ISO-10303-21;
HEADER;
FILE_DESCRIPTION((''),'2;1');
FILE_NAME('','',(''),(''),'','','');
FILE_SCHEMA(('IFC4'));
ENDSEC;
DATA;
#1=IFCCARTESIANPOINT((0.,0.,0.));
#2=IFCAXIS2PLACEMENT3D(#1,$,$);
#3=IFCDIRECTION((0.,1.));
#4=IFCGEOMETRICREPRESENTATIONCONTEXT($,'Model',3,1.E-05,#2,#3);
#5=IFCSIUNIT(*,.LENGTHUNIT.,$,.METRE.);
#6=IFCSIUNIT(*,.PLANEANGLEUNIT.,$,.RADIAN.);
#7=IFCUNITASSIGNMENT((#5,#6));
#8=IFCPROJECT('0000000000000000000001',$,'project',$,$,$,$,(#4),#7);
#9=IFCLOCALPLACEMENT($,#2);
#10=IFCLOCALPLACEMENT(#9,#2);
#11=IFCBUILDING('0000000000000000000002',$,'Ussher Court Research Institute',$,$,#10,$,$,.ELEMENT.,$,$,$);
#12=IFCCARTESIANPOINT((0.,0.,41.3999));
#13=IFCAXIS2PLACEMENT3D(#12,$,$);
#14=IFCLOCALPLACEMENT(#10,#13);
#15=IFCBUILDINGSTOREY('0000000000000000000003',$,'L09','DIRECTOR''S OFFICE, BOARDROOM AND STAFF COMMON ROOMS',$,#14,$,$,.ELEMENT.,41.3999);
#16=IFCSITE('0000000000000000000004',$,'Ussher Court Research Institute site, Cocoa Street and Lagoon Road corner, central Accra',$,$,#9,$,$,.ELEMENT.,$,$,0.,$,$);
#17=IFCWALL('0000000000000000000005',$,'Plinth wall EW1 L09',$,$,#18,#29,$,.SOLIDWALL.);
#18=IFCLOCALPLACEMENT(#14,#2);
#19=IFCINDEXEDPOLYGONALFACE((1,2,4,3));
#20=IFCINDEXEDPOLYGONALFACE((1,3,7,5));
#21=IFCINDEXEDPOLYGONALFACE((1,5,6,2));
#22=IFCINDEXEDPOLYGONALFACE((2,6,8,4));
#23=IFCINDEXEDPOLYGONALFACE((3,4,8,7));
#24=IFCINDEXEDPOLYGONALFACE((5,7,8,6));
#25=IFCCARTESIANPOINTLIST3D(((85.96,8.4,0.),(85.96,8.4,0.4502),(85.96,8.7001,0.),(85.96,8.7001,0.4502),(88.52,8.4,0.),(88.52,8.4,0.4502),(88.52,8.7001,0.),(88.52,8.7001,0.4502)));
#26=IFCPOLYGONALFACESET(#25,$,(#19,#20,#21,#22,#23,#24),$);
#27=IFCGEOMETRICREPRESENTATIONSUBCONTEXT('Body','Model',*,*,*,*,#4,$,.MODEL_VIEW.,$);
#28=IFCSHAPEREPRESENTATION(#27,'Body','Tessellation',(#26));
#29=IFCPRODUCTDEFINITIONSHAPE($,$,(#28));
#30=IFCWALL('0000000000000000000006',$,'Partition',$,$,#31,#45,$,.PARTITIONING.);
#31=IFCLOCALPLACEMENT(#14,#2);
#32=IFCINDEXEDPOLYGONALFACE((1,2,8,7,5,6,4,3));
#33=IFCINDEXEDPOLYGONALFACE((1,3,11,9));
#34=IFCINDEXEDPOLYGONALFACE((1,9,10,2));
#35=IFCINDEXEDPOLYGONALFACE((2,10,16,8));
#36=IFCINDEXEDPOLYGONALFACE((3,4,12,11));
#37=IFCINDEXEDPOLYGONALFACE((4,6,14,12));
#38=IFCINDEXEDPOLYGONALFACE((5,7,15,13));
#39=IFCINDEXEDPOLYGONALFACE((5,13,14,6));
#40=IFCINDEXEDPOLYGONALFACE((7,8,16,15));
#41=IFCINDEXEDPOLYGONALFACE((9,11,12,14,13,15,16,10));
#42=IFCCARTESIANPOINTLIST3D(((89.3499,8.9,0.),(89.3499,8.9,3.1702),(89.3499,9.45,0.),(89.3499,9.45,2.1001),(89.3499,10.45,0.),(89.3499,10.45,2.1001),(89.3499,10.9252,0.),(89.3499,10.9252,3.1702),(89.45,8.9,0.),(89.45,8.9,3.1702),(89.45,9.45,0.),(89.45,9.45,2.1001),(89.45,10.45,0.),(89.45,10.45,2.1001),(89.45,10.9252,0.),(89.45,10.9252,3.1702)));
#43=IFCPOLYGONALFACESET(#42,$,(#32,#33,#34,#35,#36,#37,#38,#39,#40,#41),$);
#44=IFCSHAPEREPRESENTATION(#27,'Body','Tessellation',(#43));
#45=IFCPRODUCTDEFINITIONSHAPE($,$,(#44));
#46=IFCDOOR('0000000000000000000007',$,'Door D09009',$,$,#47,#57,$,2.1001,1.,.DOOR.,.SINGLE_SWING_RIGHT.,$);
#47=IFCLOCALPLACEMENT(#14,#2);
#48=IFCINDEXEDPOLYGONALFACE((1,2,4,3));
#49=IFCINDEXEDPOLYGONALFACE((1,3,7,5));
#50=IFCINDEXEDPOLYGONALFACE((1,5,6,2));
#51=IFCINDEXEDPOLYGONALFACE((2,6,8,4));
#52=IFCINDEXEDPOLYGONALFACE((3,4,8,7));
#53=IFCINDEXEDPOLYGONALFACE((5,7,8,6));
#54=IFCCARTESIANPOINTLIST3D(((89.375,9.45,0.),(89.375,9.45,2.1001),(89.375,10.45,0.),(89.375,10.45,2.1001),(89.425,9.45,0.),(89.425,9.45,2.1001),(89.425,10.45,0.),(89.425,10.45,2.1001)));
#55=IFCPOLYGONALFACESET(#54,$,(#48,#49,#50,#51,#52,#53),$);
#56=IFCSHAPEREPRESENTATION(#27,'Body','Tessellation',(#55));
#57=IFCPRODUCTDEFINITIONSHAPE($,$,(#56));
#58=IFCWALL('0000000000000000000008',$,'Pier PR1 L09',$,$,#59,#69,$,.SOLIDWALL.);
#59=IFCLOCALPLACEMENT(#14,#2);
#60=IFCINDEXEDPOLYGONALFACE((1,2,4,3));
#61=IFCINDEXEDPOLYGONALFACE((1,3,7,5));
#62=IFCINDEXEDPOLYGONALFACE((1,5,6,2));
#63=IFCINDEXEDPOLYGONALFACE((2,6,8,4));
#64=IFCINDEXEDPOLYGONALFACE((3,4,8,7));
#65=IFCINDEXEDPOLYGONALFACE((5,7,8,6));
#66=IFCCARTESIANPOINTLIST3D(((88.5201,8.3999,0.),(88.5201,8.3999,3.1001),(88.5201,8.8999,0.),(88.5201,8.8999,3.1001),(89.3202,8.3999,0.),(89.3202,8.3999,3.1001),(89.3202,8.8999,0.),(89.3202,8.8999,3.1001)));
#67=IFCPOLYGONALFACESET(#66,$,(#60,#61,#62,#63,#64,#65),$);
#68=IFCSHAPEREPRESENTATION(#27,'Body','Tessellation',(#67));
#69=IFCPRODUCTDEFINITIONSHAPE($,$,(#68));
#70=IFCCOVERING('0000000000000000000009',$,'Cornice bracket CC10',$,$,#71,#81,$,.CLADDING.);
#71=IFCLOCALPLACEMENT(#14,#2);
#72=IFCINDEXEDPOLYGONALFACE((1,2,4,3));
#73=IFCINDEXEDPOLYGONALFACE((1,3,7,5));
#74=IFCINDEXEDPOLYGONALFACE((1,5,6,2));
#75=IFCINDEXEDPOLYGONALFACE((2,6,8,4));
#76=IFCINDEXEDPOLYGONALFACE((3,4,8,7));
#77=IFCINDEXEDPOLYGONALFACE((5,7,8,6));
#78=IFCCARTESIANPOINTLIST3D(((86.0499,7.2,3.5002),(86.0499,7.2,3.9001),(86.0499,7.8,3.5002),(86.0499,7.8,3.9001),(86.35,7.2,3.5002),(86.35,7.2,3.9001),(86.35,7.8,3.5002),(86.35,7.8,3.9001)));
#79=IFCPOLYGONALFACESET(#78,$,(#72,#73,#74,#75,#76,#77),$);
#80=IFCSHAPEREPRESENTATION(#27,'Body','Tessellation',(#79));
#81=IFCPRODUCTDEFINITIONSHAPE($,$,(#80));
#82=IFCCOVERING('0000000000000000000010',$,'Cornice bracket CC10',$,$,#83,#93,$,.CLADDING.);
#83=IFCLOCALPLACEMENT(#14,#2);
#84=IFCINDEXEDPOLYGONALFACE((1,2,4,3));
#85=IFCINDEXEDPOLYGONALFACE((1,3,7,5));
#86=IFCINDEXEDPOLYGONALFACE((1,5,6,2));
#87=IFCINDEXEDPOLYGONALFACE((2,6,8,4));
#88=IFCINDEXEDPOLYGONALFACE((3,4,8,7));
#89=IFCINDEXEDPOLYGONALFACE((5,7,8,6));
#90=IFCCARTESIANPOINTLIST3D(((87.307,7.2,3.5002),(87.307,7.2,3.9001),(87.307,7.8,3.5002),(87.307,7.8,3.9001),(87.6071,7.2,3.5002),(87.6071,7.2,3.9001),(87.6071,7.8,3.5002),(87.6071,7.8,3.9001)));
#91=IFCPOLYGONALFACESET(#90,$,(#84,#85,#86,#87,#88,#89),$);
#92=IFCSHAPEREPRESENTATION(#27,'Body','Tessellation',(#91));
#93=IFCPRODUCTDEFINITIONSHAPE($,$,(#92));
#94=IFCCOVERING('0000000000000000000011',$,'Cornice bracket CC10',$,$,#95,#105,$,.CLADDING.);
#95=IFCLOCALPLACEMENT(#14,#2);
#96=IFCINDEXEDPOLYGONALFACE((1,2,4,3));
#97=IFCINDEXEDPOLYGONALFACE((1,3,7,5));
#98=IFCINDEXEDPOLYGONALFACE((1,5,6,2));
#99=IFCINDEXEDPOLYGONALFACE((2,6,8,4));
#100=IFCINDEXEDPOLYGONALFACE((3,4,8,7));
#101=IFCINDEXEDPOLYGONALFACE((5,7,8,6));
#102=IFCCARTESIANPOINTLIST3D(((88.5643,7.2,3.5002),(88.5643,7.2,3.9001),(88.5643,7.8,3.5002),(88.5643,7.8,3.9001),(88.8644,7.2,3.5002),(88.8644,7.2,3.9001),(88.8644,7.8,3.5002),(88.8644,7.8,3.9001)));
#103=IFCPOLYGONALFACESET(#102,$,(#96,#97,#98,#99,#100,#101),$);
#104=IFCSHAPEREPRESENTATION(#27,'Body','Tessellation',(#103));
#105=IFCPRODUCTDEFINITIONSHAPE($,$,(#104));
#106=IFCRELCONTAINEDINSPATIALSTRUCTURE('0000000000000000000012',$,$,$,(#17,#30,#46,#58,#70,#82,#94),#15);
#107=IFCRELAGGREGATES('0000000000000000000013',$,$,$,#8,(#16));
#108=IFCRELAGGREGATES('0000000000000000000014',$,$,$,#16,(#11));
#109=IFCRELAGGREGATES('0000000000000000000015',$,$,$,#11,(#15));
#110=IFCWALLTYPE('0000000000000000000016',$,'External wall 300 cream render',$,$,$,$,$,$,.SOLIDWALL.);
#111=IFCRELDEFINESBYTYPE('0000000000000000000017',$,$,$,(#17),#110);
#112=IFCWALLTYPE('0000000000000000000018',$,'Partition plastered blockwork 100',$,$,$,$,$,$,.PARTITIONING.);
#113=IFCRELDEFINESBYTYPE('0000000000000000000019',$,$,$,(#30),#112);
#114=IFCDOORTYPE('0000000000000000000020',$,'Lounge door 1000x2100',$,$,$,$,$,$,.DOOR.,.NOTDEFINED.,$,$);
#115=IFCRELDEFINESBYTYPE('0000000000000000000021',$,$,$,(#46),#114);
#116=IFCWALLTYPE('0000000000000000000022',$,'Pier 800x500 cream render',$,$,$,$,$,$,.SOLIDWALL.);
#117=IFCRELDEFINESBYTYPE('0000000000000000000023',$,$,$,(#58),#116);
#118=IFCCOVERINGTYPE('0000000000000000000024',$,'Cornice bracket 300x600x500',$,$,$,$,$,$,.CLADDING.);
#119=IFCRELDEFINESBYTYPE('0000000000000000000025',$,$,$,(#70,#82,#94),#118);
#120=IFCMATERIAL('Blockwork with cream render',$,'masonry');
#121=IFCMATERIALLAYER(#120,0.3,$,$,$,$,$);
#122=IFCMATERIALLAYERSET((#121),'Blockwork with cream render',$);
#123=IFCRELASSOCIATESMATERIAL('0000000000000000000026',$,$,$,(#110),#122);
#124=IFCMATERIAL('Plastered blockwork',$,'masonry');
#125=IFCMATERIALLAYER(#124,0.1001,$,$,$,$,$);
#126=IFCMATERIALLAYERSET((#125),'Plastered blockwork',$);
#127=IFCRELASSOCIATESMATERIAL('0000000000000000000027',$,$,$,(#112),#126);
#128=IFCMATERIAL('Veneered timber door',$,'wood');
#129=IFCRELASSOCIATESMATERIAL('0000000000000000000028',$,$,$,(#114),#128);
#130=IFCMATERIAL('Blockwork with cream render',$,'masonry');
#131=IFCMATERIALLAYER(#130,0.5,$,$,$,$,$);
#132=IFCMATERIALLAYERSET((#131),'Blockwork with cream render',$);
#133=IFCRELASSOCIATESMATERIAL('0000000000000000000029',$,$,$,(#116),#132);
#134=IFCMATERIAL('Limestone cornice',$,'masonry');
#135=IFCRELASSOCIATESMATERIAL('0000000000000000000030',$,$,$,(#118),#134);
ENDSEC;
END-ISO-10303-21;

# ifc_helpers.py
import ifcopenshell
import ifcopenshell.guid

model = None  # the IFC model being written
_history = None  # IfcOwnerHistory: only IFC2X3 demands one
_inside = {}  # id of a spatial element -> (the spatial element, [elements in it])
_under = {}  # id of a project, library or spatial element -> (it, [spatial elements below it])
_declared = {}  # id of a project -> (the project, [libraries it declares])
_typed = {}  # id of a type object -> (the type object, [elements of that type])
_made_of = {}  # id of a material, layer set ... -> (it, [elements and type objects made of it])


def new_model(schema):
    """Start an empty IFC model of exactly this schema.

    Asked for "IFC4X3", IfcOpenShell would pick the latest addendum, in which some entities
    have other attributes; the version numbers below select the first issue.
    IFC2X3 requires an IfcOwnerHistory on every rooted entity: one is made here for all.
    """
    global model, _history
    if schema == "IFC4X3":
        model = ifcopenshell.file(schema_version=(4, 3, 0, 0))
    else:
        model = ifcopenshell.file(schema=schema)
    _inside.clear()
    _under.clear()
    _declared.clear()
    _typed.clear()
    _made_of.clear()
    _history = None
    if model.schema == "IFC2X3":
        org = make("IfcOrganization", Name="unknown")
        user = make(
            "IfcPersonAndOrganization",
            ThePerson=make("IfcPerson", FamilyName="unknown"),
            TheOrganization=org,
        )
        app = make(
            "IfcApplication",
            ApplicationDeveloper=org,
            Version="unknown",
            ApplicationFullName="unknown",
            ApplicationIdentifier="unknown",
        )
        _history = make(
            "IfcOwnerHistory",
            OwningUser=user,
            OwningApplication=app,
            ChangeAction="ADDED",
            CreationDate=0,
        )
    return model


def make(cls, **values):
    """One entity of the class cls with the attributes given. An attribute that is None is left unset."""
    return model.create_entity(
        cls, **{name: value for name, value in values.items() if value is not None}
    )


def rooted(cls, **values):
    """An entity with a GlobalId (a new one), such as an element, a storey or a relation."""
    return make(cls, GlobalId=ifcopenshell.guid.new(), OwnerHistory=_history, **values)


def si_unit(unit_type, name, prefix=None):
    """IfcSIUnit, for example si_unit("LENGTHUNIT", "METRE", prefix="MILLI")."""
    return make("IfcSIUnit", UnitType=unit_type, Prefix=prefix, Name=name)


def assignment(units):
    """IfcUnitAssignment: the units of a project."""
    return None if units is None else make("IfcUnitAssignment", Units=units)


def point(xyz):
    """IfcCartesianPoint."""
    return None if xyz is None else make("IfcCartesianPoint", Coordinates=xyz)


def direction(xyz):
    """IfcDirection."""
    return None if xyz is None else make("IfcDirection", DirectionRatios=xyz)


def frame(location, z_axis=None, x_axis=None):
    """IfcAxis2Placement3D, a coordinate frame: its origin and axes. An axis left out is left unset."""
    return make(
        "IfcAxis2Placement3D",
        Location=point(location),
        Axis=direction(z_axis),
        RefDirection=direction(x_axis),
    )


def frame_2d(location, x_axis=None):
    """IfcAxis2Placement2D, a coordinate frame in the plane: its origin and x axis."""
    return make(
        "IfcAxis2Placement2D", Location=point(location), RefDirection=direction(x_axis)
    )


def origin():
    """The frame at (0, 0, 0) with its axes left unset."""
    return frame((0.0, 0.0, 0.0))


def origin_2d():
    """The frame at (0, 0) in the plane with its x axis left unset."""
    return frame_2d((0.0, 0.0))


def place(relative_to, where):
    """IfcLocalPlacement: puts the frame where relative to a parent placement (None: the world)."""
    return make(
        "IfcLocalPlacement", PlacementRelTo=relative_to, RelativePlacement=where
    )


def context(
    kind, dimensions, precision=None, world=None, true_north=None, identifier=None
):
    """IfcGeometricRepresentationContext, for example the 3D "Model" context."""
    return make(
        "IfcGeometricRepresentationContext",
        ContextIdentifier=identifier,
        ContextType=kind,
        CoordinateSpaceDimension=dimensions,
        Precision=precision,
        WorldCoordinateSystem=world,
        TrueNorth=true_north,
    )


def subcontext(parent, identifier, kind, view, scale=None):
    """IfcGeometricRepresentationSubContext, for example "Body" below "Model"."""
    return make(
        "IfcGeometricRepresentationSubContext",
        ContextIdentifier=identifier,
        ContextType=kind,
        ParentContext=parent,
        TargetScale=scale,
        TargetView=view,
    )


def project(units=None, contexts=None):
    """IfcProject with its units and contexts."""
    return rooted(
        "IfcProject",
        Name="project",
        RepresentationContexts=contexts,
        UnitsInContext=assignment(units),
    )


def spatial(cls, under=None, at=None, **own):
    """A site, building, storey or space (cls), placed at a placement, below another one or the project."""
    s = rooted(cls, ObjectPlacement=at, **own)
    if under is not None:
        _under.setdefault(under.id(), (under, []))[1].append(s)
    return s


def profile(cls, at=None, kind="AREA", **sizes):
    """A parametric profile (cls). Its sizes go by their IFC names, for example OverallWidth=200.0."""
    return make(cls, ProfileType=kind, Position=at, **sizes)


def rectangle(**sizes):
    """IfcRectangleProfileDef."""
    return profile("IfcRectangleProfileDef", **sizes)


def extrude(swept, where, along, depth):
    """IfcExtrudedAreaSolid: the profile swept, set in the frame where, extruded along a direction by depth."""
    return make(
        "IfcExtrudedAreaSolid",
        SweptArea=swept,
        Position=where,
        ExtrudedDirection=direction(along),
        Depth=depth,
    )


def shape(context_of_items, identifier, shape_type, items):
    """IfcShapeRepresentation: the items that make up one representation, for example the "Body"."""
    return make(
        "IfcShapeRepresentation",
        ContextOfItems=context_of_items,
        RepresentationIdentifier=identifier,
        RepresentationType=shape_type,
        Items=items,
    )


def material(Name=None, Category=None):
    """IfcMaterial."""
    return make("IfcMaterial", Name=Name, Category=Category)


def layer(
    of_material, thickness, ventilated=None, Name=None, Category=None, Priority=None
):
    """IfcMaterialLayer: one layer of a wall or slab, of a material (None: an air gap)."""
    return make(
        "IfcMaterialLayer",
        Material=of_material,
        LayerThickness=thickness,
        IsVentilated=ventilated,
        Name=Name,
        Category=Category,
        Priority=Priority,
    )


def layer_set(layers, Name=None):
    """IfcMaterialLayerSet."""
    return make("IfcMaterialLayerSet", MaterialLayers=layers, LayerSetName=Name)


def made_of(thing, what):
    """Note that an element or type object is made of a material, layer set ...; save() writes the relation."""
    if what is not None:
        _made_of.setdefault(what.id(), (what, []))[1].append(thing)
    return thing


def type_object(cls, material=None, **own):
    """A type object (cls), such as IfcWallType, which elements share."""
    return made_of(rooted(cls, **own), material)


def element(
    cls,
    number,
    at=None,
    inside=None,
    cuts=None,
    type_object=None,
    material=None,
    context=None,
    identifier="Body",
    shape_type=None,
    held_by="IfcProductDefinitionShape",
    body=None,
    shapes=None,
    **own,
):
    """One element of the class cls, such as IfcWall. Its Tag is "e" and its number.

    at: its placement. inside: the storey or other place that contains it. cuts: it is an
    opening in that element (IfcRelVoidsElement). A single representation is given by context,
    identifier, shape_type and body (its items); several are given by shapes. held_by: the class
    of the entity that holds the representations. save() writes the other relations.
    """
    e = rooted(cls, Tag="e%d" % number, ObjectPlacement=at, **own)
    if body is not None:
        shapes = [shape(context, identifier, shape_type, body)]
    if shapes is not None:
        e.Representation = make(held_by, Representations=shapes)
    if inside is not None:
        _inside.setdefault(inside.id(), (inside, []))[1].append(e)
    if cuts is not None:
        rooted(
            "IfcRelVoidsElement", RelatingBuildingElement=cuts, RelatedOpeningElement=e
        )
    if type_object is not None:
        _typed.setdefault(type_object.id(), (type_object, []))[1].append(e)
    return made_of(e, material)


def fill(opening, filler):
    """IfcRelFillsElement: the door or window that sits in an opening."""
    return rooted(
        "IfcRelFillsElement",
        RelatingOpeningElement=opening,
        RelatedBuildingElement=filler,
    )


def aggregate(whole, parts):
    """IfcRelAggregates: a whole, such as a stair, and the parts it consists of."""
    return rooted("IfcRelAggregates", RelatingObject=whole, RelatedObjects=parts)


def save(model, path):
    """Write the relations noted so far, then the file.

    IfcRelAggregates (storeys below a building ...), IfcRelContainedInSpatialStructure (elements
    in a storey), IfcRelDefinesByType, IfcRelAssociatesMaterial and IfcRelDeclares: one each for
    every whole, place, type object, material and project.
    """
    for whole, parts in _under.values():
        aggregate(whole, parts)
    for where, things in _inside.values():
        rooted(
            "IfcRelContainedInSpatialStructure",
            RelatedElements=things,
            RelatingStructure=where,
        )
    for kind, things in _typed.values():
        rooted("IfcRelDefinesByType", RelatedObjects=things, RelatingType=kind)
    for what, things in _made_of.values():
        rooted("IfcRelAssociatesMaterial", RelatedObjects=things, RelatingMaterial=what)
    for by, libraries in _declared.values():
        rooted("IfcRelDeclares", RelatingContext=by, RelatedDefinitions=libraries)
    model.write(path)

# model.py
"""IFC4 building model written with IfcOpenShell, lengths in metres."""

from ifc_helpers import new_model, si_unit, direction, frame, frame_2d, origin, origin_2d, place, context, subcontext, project, spatial, rectangle, extrude, material, layer, layer_set, type_object, element, fill, save


model = new_model("IFC4")

# Units and contexts
model_context = context("Model", 3, precision=1e-05, world=origin(), true_north=direction((0.0, 1.0)))
body_context = subcontext(model_context, "Body", "Model", "MODEL_VIEW")
ifc_project = project(units=[si_unit("LENGTHUNIT", "METRE"), si_unit("PLANEANGLEUNIT", "RADIAN")], contexts=[model_context])

# Site, building, storey
site_placement = place(None, origin())
site = spatial("IfcSite", under=ifc_project, at=site_placement, Name="Ussher Court Research Institute site, Cocoa Street and Lagoon Road corner, central Accra", CompositionType="ELEMENT", RefElevation=0.0)
building_placement = place(site_placement, origin())
building = spatial("IfcBuilding", under=site, at=building_placement, Name="Ussher Court Research Institute", CompositionType="ELEMENT")
storey_placement = place(building_placement, frame((0.0, 0.0, 41.3999)))
storey = spatial("IfcBuildingStorey", under=building, at=storey_placement, Name="L09", Description="DIRECTOR'S OFFICE, BOARDROOM AND STAFF COMMON ROOMS", CompositionType="ELEMENT", Elevation=41.3999)

# Wall
ifc_material_1 = material(Name="Blockwork with cream render", Category="masonry")
ifc_layer_1 = layer(ifc_material_1, 0.3)
ifc_layer_set_1 = layer_set([ifc_layer_1], Name="Blockwork with cream render")
wall_type_1 = type_object("IfcWallType", Name="External wall 300 cream render", PredefinedType="SOLIDWALL", material=ifc_layer_set_1)
wall_1_placement = place(storey_placement, frame((88.52, 8.55, 0.0), z_axis=(0.0, 0.0, 1.0), x_axis=(-1.0, 0.0, 0.0)))
element("IfcWall", 1, at=wall_1_placement, inside=storey, type_object=wall_type_1, Name="Plinth wall EW1 L09", PredefinedType="SOLIDWALL", context=body_context, shape_type="SweptSolid", body=[
    extrude(rectangle(XDim=2.5601, YDim=0.3, at=frame_2d((1.28, 0.0))), origin(), (0.0, 0.0, 1.0), 0.4502),
])

# Wall, opening, door
ifc_material_2 = material(Name="Plastered blockwork", Category="masonry")
ifc_layer_2 = layer(ifc_material_2, 0.1001)
ifc_layer_set_2 = layer_set([ifc_layer_2], Name="Plastered blockwork")
wall_type_2 = type_object("IfcWallType", Name="Partition plastered blockwork 100", PredefinedType="PARTITIONING", material=ifc_layer_set_2)
wall_2_placement = place(storey_placement, frame((89.3999, 8.8999, 0.0), z_axis=(0.0, 0.0, 1.0), x_axis=(0.0, 1.0, 0.0)))
wall_2 = element("IfcWall", 2, at=wall_2_placement, inside=storey, type_object=wall_type_2, Name="Partition", PredefinedType="PARTITIONING", context=body_context, shape_type="SweptSolid", body=[
    extrude(rectangle(XDim=2.0251, YDim=0.1001, at=frame_2d((1.0127, 0.0))), origin(), (0.0, 0.0, 1.0), 3.1702),
])
opening_placement = place(wall_2_placement, frame((0.55, 0.0, 0.0)))
opening = element("IfcOpeningElement", 3, at=opening_placement, cuts=wall_2, PredefinedType="OPENING", context=body_context, shape_type="SweptSolid", body=[
    extrude(rectangle(XDim=1.0, YDim=2.1001, at=frame_2d((0.5, 1.05))), frame((0.0, 0.0601, 0.0), z_axis=(0.0, -1.0, 0.0), x_axis=(1.0, 0.0, 0.0)), (0.0, 0.0, 1.0), 0.1201),
])
ifc_material_3 = material(Name="Veneered timber door", Category="wood")
door_type = type_object("IfcDoorType", Name="Lounge door 1000x2100", OperationType="NOTDEFINED", PredefinedType="DOOR", material=ifc_material_3)
door_placement = place(opening_placement, origin())
door = element("IfcDoor", 4, at=door_placement, inside=storey, type_object=door_type, Name="Door D09009", OperationType="SINGLE_SWING_RIGHT", OverallHeight=2.1001, OverallWidth=1.0, PredefinedType="DOOR", context=body_context, shape_type="SweptSolid", body=[
    extrude(rectangle(XDim=1.0, YDim=2.1001, at=frame_2d((0.5, 1.05))), frame((0.0, 0.0249, 0.0), z_axis=(0.0, -1.0, 0.0), x_axis=(1.0, 0.0, 0.0)), (0.0, 0.0, 1.0), 0.05),
])
fill(opening, door)

# Wall
ifc_material_4 = material(Name="Blockwork with cream render", Category="masonry")
ifc_layer_3 = layer(ifc_material_4, 0.5)
ifc_layer_set_3 = layer_set([ifc_layer_3], Name="Blockwork with cream render")
wall_type_3 = type_object("IfcWallType", Name="Pier 800x500 cream render", PredefinedType="SOLIDWALL", material=ifc_layer_set_3)
wall_3_placement = place(storey_placement, frame((89.3201, 8.6499, 0.0), z_axis=(0.0, 0.0, 1.0), x_axis=(-1.0, 0.0, 0.0)))
element("IfcWall", 5, at=wall_3_placement, inside=storey, type_object=wall_type_3, Name="Pier PR1 L09", PredefinedType="SOLIDWALL", context=body_context, shape_type="SweptSolid", body=[
    extrude(rectangle(XDim=0.8, YDim=0.5, at=frame_2d((0.3999, 0.0))), origin(), (0.0, 0.0, 1.0), 3.1001),
])

# Coverings
ifc_material_5 = material(Name="Limestone cornice", Category="masonry")
covering_type = type_object("IfcCoveringType", Name="Cornice bracket 300x600x500", PredefinedType="CLADDING", material=ifc_material_5)
for number, where, z_axis, x_axis, name in (
    (6, (86.2, 7.5, 3.5002), (0.0, 0.0, 1.0), (1.0, 0.0, 0.0), "Cornice bracket CC10"),
    (7, (87.457, 7.5, 3.5002), (0.0, 0.0, 1.0), (1.0, 0.0, 0.0), "Cornice bracket CC10"),
    (8, (88.7144, 7.5, 3.5002), (0.0, 0.0, 1.0), (1.0, 0.0, 0.0), "Cornice bracket CC10"),
):
    element("IfcCovering", number, at=place(storey_placement, frame(where, z_axis=z_axis, x_axis=x_axis)), inside=storey, type_object=covering_type, Name=name, PredefinedType="CLADDING", context=body_context, shape_type="SweptSolid", body=[
        extrude(rectangle(XDim=0.3, YDim=0.6001, at=origin_2d()), origin(), (0.0, 0.0, 1.0), 0.3999),
    ])

save(model, "model.ifc")
